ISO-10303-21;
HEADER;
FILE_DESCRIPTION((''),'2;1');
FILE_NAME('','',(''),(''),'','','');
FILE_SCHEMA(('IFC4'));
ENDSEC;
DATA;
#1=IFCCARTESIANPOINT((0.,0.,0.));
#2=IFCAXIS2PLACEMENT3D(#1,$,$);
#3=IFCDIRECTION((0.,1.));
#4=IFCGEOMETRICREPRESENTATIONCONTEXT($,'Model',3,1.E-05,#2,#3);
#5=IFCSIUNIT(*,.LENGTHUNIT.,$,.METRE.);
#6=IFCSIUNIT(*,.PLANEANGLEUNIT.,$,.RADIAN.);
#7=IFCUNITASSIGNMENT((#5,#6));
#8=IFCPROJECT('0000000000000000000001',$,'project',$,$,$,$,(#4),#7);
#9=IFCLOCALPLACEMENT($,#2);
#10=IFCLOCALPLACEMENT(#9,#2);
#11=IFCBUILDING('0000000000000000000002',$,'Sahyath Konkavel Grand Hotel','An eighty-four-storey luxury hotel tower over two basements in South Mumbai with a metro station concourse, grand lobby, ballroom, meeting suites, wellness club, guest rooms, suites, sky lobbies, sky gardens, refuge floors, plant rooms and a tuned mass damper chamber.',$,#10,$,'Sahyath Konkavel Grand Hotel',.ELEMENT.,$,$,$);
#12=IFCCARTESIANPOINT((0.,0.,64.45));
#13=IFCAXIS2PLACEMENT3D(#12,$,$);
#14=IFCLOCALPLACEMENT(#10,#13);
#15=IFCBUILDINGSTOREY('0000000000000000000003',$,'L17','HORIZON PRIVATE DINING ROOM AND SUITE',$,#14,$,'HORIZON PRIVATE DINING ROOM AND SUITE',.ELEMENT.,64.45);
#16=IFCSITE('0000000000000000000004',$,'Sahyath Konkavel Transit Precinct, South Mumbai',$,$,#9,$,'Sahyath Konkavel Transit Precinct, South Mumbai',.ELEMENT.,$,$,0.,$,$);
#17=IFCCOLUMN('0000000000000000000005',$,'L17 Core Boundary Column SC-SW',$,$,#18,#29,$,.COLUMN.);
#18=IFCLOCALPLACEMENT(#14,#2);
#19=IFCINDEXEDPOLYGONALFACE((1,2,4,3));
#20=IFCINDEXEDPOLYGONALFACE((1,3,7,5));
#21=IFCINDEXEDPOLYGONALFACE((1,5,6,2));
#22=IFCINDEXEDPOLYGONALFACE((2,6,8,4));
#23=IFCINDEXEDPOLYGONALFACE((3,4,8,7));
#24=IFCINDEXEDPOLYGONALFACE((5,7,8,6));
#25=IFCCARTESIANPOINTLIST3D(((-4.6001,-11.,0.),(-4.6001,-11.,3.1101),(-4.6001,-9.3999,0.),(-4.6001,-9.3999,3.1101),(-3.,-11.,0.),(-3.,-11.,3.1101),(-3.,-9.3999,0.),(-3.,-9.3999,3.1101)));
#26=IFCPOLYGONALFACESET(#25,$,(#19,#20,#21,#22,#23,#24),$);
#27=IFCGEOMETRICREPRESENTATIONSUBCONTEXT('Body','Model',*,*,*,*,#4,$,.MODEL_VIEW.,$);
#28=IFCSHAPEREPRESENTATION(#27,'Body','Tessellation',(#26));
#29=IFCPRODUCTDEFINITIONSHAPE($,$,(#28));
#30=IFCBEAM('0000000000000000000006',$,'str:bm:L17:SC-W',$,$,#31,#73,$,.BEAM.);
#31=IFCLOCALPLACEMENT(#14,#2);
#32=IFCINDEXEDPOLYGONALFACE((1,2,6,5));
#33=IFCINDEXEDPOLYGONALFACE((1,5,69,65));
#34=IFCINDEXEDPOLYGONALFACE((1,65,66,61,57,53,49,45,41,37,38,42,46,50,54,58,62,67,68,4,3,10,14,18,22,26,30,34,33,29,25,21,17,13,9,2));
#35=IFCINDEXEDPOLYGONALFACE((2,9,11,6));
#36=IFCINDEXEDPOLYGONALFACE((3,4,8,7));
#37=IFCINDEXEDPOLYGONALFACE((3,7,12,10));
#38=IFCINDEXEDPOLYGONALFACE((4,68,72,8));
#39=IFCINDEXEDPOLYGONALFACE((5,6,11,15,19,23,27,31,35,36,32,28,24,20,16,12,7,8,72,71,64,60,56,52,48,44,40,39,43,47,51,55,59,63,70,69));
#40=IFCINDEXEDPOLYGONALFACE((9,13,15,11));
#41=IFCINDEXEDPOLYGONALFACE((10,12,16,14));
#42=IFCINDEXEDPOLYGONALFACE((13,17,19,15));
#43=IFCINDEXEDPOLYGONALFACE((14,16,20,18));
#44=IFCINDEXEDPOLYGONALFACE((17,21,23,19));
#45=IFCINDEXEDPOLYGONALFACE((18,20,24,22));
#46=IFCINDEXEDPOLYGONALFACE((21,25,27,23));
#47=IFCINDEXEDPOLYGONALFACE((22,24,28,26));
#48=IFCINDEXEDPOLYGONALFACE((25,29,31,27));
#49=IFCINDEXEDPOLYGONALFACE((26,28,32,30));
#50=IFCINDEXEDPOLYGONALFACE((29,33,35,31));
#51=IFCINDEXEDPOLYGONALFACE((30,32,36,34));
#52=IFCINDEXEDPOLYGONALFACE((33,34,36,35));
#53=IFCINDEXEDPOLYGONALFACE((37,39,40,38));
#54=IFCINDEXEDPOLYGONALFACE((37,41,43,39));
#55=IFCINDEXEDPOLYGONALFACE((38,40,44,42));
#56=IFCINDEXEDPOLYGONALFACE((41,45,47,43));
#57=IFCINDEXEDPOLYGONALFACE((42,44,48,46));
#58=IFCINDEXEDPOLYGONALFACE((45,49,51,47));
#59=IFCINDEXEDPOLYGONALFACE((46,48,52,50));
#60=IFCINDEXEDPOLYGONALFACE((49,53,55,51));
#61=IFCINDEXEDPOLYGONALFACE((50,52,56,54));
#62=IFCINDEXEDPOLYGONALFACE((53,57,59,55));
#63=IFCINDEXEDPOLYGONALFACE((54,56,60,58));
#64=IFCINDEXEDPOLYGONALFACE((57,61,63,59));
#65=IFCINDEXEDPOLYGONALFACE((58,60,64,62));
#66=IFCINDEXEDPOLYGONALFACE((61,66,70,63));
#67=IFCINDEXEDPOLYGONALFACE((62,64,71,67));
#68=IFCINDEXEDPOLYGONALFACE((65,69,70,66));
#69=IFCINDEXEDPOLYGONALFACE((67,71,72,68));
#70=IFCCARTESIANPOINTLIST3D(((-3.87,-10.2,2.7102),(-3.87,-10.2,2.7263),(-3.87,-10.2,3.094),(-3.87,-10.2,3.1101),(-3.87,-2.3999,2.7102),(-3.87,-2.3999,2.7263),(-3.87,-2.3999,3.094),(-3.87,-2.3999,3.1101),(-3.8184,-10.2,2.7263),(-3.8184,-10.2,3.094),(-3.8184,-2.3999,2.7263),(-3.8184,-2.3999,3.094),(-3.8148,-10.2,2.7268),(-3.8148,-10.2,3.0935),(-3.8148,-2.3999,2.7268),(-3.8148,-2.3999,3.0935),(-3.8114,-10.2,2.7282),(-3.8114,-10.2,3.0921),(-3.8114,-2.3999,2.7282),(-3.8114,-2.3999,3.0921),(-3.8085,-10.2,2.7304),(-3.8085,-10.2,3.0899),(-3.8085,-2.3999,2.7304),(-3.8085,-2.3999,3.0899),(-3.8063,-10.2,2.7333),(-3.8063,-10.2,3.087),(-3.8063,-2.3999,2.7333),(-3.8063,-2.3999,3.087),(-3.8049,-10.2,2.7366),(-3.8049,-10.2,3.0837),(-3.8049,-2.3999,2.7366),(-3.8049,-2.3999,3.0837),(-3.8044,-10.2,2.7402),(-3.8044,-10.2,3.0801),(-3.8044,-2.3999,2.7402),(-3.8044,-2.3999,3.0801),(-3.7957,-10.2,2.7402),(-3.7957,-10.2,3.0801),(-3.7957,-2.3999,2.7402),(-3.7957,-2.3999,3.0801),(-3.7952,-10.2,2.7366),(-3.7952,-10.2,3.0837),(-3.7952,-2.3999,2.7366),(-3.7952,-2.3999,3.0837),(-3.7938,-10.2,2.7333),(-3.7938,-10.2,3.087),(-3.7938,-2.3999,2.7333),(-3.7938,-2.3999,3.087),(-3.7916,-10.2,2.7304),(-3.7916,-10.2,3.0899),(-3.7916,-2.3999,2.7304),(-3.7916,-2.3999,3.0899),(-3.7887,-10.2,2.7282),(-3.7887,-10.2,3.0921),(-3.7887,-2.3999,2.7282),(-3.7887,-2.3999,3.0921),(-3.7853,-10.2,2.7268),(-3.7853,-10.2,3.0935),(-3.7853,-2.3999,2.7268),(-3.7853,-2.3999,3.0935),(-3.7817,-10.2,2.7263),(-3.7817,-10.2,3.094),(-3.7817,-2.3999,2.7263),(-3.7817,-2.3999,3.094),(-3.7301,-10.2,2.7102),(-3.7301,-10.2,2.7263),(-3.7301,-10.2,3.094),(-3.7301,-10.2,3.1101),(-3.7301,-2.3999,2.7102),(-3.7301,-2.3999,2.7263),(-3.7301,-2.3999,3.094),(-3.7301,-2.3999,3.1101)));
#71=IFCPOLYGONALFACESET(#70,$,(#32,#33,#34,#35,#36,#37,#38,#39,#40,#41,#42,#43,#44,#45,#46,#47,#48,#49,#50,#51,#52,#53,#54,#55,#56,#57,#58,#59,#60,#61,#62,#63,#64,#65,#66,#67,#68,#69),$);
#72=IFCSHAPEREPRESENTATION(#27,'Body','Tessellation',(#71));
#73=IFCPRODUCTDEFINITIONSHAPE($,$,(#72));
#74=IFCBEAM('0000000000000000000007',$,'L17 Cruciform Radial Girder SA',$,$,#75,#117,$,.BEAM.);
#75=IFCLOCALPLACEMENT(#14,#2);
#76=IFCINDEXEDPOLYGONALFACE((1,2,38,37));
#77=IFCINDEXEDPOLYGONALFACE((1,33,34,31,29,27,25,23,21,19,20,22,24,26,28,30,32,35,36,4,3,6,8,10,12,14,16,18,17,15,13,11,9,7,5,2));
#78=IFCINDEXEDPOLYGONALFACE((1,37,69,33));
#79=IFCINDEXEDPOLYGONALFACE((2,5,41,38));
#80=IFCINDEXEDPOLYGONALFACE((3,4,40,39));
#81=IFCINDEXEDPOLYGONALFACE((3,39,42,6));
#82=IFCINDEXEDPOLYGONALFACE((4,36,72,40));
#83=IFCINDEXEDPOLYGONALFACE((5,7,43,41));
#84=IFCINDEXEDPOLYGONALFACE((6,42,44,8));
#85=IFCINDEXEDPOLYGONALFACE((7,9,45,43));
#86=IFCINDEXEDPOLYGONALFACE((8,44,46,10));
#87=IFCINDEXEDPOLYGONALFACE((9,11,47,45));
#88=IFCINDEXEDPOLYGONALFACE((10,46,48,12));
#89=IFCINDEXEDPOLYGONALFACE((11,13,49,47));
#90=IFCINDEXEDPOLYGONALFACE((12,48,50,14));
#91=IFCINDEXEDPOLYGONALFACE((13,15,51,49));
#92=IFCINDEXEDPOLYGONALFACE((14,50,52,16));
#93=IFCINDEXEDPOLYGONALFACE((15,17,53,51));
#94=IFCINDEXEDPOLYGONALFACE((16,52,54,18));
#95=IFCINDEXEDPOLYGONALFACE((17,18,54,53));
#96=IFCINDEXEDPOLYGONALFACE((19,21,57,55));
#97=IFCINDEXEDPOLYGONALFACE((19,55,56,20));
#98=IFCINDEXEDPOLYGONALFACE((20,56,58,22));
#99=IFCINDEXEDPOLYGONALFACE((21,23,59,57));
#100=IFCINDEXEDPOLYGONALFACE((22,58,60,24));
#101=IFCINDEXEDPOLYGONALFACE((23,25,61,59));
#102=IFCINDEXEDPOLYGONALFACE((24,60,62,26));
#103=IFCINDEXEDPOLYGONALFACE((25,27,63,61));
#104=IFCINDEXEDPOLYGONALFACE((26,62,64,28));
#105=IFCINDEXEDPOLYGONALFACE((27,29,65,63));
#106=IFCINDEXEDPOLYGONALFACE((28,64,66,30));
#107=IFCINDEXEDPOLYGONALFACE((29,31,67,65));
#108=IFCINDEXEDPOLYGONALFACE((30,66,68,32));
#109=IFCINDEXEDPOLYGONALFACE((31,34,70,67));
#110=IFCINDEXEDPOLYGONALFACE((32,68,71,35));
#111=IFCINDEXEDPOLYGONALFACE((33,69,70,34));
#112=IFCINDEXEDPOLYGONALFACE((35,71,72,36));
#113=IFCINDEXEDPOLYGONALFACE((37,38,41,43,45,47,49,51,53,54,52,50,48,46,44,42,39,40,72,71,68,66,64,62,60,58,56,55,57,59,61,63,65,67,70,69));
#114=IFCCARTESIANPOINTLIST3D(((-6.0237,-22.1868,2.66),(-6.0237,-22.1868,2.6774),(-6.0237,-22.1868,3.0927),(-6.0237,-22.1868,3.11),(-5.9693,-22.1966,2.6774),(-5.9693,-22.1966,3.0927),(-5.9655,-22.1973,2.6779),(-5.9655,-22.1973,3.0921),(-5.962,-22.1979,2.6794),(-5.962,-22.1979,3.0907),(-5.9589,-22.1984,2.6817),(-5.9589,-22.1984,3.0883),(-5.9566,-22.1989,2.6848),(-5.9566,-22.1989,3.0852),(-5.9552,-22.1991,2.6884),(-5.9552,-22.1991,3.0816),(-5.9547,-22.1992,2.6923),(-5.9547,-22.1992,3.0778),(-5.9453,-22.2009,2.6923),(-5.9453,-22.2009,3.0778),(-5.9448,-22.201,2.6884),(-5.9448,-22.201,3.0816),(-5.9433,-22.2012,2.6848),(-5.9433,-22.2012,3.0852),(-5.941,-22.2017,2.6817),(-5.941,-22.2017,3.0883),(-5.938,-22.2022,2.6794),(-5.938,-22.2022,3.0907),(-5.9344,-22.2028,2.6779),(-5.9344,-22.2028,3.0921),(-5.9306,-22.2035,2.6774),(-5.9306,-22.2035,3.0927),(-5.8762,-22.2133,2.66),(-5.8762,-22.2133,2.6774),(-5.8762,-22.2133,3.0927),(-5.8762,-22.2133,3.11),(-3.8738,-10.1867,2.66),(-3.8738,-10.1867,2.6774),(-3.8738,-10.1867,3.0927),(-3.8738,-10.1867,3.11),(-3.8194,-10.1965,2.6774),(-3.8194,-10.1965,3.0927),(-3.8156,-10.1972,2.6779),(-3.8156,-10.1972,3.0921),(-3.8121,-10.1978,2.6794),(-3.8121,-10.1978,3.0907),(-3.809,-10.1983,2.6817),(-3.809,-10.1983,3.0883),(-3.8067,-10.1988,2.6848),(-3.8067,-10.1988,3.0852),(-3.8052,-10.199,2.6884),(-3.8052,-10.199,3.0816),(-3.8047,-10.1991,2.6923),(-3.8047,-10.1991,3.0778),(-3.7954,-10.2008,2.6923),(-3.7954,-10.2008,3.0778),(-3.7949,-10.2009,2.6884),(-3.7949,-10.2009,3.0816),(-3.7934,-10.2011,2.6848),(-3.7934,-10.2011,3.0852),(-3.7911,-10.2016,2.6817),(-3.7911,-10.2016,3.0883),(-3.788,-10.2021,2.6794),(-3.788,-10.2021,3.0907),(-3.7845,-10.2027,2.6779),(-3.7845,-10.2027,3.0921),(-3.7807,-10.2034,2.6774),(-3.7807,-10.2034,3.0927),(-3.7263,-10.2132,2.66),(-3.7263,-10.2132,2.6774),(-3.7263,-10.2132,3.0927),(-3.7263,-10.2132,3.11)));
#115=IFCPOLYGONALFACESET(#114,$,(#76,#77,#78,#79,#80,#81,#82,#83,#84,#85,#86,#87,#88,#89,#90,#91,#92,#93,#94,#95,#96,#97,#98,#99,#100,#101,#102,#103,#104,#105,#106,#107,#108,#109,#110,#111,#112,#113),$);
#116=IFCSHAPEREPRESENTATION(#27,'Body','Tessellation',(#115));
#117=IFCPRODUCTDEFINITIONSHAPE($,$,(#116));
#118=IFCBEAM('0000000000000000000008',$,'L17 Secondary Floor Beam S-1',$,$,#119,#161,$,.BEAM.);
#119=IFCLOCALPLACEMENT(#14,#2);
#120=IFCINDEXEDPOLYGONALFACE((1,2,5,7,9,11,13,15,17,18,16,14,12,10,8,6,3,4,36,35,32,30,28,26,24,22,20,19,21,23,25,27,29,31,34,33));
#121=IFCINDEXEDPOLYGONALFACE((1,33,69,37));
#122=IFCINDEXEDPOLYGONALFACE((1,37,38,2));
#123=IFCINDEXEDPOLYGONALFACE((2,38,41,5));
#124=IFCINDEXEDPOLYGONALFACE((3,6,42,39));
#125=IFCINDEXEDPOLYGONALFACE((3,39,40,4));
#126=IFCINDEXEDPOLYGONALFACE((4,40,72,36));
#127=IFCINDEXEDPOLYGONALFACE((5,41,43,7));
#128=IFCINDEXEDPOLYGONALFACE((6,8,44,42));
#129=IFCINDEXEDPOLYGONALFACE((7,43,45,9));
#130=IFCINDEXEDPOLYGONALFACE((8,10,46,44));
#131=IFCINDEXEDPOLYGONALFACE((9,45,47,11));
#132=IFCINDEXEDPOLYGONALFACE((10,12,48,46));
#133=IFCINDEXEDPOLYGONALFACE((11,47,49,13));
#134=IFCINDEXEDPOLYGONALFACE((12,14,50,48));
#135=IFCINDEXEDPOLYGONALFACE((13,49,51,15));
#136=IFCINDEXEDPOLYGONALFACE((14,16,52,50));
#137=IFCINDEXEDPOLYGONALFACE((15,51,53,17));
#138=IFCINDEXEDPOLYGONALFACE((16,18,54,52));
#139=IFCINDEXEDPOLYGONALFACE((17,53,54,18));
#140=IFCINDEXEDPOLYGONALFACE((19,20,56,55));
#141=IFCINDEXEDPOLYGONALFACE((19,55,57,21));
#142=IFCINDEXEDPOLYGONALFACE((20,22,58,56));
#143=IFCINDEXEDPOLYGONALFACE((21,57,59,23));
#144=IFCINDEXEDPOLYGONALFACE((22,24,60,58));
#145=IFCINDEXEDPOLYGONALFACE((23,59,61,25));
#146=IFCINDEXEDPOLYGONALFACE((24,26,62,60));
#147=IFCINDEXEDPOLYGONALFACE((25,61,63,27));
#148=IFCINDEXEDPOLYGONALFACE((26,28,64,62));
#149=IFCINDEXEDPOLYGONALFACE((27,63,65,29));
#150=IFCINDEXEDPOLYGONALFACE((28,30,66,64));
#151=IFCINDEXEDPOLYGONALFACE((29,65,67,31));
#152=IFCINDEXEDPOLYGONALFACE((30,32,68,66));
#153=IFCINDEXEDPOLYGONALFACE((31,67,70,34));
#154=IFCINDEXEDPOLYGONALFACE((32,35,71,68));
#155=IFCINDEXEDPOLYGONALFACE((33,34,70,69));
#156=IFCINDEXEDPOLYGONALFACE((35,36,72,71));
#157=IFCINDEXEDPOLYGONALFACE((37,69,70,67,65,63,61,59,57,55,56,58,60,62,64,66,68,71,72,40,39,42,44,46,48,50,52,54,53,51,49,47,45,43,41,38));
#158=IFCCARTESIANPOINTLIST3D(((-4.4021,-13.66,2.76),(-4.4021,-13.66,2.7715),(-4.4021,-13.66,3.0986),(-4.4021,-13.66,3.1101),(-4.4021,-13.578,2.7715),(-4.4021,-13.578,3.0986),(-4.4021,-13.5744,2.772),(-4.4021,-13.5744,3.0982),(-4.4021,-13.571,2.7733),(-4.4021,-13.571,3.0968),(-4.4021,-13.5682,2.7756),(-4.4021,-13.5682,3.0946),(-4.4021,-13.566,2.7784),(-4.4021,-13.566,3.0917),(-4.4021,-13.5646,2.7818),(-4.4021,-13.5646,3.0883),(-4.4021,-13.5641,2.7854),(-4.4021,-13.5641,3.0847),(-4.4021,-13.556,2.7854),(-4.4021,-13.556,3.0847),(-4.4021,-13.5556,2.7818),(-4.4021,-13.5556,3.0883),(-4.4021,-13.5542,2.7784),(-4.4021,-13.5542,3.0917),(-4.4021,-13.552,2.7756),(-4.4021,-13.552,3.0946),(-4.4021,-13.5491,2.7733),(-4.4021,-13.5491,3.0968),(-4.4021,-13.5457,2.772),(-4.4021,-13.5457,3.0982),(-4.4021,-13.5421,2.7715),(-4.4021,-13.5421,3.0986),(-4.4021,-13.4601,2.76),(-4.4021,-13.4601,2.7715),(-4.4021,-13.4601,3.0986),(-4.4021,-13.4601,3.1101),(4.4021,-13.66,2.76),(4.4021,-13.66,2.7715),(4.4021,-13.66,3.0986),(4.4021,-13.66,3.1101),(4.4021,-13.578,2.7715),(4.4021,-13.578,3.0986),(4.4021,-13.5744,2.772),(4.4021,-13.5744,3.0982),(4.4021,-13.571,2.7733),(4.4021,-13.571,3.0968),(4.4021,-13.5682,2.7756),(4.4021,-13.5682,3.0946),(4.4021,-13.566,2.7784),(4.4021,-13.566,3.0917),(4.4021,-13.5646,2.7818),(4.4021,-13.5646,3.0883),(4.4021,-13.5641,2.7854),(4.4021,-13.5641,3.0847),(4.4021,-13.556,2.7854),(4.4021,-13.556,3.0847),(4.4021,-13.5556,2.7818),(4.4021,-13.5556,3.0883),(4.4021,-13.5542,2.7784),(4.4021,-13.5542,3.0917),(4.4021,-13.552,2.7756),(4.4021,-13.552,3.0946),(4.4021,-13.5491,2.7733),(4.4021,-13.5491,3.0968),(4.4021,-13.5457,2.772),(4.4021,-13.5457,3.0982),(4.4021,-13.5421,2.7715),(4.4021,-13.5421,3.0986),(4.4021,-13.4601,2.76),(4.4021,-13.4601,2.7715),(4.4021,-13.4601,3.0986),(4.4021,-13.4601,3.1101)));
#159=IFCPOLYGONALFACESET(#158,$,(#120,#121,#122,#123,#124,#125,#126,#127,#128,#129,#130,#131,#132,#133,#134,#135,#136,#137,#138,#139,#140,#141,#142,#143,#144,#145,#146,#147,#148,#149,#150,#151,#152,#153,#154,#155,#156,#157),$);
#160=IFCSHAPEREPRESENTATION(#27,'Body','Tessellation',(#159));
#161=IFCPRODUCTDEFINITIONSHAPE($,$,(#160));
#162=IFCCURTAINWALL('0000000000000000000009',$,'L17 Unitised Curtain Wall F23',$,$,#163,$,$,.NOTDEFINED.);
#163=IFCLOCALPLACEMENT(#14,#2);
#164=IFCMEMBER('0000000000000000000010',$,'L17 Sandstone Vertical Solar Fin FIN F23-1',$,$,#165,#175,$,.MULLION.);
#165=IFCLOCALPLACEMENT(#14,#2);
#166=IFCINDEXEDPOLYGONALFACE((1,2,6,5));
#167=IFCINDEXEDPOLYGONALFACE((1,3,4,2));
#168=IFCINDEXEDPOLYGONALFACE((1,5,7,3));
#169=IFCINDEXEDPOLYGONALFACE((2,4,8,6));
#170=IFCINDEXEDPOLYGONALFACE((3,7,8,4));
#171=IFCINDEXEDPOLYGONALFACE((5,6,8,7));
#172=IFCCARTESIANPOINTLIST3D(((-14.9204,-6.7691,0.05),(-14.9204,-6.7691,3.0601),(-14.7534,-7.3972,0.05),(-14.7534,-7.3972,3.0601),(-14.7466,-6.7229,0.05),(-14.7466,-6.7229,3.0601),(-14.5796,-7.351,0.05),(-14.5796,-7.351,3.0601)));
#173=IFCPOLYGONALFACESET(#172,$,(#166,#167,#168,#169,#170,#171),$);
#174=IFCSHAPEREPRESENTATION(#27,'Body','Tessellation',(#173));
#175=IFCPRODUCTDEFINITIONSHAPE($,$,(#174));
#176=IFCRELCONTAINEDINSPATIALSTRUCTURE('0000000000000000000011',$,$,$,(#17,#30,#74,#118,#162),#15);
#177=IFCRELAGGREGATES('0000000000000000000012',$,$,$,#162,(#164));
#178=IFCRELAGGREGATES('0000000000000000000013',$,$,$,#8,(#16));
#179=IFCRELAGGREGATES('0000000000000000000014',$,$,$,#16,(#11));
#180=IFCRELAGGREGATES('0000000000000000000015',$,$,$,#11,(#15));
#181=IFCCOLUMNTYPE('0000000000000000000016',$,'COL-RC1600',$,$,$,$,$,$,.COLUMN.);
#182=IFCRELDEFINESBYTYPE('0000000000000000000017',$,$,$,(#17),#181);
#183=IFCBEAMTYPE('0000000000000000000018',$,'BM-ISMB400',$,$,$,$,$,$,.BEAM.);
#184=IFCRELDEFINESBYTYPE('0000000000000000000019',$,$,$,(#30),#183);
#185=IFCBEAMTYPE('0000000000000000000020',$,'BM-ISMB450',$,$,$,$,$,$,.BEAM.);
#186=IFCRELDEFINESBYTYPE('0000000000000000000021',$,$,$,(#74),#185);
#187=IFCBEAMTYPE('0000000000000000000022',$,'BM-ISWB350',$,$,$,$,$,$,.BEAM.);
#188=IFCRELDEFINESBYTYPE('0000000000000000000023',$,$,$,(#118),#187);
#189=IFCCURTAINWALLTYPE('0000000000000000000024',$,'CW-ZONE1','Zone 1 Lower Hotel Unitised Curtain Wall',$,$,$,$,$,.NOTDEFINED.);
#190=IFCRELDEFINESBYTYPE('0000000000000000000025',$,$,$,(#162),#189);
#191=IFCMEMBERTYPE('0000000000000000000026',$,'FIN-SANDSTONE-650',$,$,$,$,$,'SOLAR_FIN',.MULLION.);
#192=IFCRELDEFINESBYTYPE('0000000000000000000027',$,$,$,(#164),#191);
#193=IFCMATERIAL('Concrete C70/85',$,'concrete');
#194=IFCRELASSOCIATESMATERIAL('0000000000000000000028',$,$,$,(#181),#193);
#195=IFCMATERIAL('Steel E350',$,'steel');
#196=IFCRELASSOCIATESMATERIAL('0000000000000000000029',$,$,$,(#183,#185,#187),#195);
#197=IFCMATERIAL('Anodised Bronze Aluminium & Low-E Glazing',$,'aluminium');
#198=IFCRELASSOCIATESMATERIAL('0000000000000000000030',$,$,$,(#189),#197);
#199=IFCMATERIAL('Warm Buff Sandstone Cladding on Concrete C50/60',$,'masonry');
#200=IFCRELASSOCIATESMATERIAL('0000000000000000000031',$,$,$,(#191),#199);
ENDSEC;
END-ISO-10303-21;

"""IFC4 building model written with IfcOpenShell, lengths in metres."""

from ifc_helpers import new_model, si_unit, direction, frame, origin, origin_2d, place, context, subcontext, project, spatial, rectangle, i_section, extrude, source, transform, mapped, material, material_profile, profile_set, type_object, element, aggregate, save


model = new_model("IFC4")

# Units and contexts
model_context = context("Model", 3, precision=1e-05, world=origin(), true_north=direction((0.0, 1.0)))
body_context = subcontext(model_context, "Body", "Model", "MODEL_VIEW")
ifc_project = project(units=[si_unit("LENGTHUNIT", "METRE"), si_unit("PLANEANGLEUNIT", "RADIAN")], contexts=[model_context])

# Site, building, storey
site_placement = place(None, origin())
site = spatial("IfcSite", under=ifc_project, at=site_placement, Name="Sahyath Konkavel Transit Precinct, South Mumbai", LongName="Sahyath Konkavel Transit Precinct, South Mumbai", CompositionType="ELEMENT", RefElevation=0.0)
building_placement = place(site_placement, origin())
building = spatial("IfcBuilding", under=site, at=building_placement, Name="Sahyath Konkavel Grand Hotel", Description="An eighty-four-storey luxury hotel tower over two basements in South Mumbai with a metro station concourse, grand lobby, ballroom, meeting suites, wellness club, guest rooms, suites, sky lobbies, sky gardens, refuge floors, plant rooms and a tuned mass damper chamber.", LongName="Sahyath Konkavel Grand Hotel", CompositionType="ELEMENT")
storey_placement = place(building_placement, frame((0.0, 0.0, 64.45)))
storey = spatial("IfcBuildingStorey", under=building, at=storey_placement, Name="L17", Description="HORIZON PRIVATE DINING ROOM AND SUITE", LongName="HORIZON PRIVATE DINING ROOM AND SUITE", CompositionType="ELEMENT", Elevation=64.45)

# Column
ifc_material_1 = material(Name="Concrete C70/85", Category="concrete")
ifc_material_profile_1 = material_profile(ifc_material_1, rectangle(XDim=1.6001, YDim=1.6001, at=origin_2d()), Name="RC 1600x1600")
ifc_profile_set_1 = profile_set([ifc_material_profile_1], Name="Concrete C70/85")
column_type = type_object("IfcColumnType", Name="COL-RC1600", PredefinedType="COLUMN", material=ifc_profile_set_1)
shared_shape_1 = source(origin(), body_context, "Body", "SweptSolid", [
    extrude(rectangle(XDim=1.6001, YDim=1.6001, at=origin_2d()), origin(), (0.0, 0.0, 1.0), 3.1101),
])
column_placement = place(storey_placement, frame((-3.8, -10.2, 0.0), z_axis=(0.0, 0.0, 1.0), x_axis=(1.0, 0.0, 0.0)))
element("IfcColumn", 1, at=column_placement, inside=storey, type_object=column_type, Name="L17 Core Boundary Column SC-SW", PredefinedType="COLUMN", context=body_context, shape_type="MappedRepresentation", body=[
    mapped(shared_shape_1, transform((0.0, 0.0, 0.0), scale=1.0)),
])

# Beams
ifc_material_2 = material(Name="Steel E350", Category="steel")
ifc_material_profile_2 = material_profile(ifc_material_2, i_section(OverallWidth=0.1399, OverallDepth=0.3999, WebThickness=0.0088, FlangeThickness=0.0161, FilletRadius=0.0139, at=origin_2d()), Name="ISMB 400")
ifc_profile_set_2 = profile_set([ifc_material_profile_2], Name="Steel E350")
beam_type_1 = type_object("IfcBeamType", Name="BM-ISMB400", PredefinedType="BEAM", material=ifc_profile_set_2)
shared_shape_2 = source(origin(), body_context, "Body", "SweptSolid", [
    extrude(i_section(OverallWidth=0.1399, OverallDepth=0.3999, WebThickness=0.0088, FlangeThickness=0.0161, FilletRadius=0.0139, at=origin_2d()), origin(), (0.0, 0.0, 1.0), 7.8),
])
beam_1_placement = place(storey_placement, frame((-3.8, -10.2, 2.9102), z_axis=(0.0, 1.0, 0.0), x_axis=(-1.0, 0.0, 0.0)))
element("IfcBeam", 2, at=beam_1_placement, inside=storey, type_object=beam_type_1, Name="str:bm:L17:SC-W", PredefinedType="BEAM", context=body_context, shape_type="MappedRepresentation", body=[
    mapped(shared_shape_2, transform((0.0, 0.0, 0.0), scale=1.0)),
])
ifc_material_profile_3 = material_profile(ifc_material_2, i_section(OverallWidth=0.1499, OverallDepth=0.45, WebThickness=0.0095, FlangeThickness=0.0173, FilletRadius=0.0149, at=origin_2d()), Name="ISMB 450")
ifc_profile_set_3 = profile_set([ifc_material_profile_3], Name="Steel E350")
beam_type_2 = type_object("IfcBeamType", Name="BM-ISMB450", PredefinedType="BEAM", material=ifc_profile_set_3)
shared_shape_3 = source(origin(), body_context, "Body", "SweptSolid", [
    extrude(i_section(OverallWidth=0.1499, OverallDepth=0.45, WebThickness=0.0095, FlangeThickness=0.0173, FilletRadius=0.0149, at=origin_2d()), origin(), (0.0, 0.0, 1.0), 12.1912),
])
beam_2_placement = place(storey_placement, frame((-3.8, -10.2, 2.885), z_axis=(-0.176351, -0.984327, 0.0), x_axis=(0.984327, -0.176351, 0.0)))
element("IfcBeam", 3, at=beam_2_placement, inside=storey, type_object=beam_type_2, Name="L17 Cruciform Radial Girder SA", PredefinedType="BEAM", context=body_context, shape_type="MappedRepresentation", body=[
    mapped(shared_shape_3, transform((0.0, 0.0, 0.0), scale=1.0)),
])
ifc_material_profile_4 = material_profile(ifc_material_2, i_section(OverallWidth=0.2, OverallDepth=0.3501, WebThickness=0.0081, FlangeThickness=0.0115, FilletRadius=0.0139, at=origin_2d()), Name="ISWB 350")
ifc_profile_set_4 = profile_set([ifc_material_profile_4], Name="Steel E350")
beam_type_3 = type_object("IfcBeamType", Name="BM-ISWB350", PredefinedType="BEAM", material=ifc_profile_set_4)
shared_shape_4 = source(origin(), body_context, "Body", "SweptSolid", [
    extrude(i_section(OverallWidth=0.2, OverallDepth=0.3501, WebThickness=0.0081, FlangeThickness=0.0115, FilletRadius=0.0139, at=origin_2d()), origin(), (0.0, 0.0, 1.0), 8.8042),
])
beam_3_placement = place(storey_placement, frame((-4.4021, -13.5601, 2.9351), z_axis=(1.0, 0.0, 0.0), x_axis=(0.0, 1.0, 0.0)))
element("IfcBeam", 4, at=beam_3_placement, inside=storey, type_object=beam_type_3, Name="L17 Secondary Floor Beam S-1", PredefinedType="BEAM", context=body_context, shape_type="MappedRepresentation", body=[
    mapped(shared_shape_4, transform((0.0, 0.0, 0.0), scale=1.0)),
])

# Curtain wall, member
ifc_material_3 = material(Name="Anodised Bronze Aluminium & Low-E Glazing", Category="aluminium")
curtain_wall_type = type_object("IfcCurtainWallType", Name="CW-ZONE1", Description="Zone 1 Lower Hotel Unitised Curtain Wall", PredefinedType="NOTDEFINED", material=ifc_material_3)
curtain_wall_1_placement = place(storey_placement, origin())
curtain_wall_1 = element("IfcCurtainWall", 5, at=curtain_wall_1_placement, inside=storey, type_object=curtain_wall_type, Name="L17 Unitised Curtain Wall F23", PredefinedType="NOTDEFINED")
ifc_material_4 = material(Name="Warm Buff Sandstone Cladding on Concrete C50/60", Category="masonry")
ifc_material_profile_5 = material_profile(ifc_material_4, rectangle(XDim=0.1799, YDim=0.6499, at=origin_2d()), Name="FIN 180x650")
ifc_profile_set_5 = profile_set([ifc_material_profile_5], Name="Warm Buff Sandstone Cladding on Concrete C50/60")
member_type_1 = type_object("IfcMemberType", Name="FIN-SANDSTONE-650", ElementType="SOLAR_FIN", PredefinedType="MULLION", material=ifc_profile_set_5)
shared_shape_5 = source(origin(), body_context, "Body", "SweptSolid", [
    extrude(rectangle(XDim=0.1799, YDim=0.6499, at=origin_2d()), origin(), (0.0, 0.0, 1.0), 3.01),
])
member_1_placement = place(storey_placement, frame((-14.75, -7.0601, 0.05), z_axis=(0.0, 0.0, 1.0), x_axis=(0.966421, 0.256964, 0.0)))
member_1 = element("IfcMember", 6, at=member_1_placement, type_object=member_type_1, Name="L17 Sandstone Vertical Solar Fin FIN F23-1", PredefinedType="MULLION", context=body_context, shape_type="MappedRepresentation", body=[
    mapped(shared_shape_5, transform((0.0, 0.0, 0.0), scale=1.0)),
])
aggregate(curtain_wall_1, [member_1])

save(model, "model.ifc")
